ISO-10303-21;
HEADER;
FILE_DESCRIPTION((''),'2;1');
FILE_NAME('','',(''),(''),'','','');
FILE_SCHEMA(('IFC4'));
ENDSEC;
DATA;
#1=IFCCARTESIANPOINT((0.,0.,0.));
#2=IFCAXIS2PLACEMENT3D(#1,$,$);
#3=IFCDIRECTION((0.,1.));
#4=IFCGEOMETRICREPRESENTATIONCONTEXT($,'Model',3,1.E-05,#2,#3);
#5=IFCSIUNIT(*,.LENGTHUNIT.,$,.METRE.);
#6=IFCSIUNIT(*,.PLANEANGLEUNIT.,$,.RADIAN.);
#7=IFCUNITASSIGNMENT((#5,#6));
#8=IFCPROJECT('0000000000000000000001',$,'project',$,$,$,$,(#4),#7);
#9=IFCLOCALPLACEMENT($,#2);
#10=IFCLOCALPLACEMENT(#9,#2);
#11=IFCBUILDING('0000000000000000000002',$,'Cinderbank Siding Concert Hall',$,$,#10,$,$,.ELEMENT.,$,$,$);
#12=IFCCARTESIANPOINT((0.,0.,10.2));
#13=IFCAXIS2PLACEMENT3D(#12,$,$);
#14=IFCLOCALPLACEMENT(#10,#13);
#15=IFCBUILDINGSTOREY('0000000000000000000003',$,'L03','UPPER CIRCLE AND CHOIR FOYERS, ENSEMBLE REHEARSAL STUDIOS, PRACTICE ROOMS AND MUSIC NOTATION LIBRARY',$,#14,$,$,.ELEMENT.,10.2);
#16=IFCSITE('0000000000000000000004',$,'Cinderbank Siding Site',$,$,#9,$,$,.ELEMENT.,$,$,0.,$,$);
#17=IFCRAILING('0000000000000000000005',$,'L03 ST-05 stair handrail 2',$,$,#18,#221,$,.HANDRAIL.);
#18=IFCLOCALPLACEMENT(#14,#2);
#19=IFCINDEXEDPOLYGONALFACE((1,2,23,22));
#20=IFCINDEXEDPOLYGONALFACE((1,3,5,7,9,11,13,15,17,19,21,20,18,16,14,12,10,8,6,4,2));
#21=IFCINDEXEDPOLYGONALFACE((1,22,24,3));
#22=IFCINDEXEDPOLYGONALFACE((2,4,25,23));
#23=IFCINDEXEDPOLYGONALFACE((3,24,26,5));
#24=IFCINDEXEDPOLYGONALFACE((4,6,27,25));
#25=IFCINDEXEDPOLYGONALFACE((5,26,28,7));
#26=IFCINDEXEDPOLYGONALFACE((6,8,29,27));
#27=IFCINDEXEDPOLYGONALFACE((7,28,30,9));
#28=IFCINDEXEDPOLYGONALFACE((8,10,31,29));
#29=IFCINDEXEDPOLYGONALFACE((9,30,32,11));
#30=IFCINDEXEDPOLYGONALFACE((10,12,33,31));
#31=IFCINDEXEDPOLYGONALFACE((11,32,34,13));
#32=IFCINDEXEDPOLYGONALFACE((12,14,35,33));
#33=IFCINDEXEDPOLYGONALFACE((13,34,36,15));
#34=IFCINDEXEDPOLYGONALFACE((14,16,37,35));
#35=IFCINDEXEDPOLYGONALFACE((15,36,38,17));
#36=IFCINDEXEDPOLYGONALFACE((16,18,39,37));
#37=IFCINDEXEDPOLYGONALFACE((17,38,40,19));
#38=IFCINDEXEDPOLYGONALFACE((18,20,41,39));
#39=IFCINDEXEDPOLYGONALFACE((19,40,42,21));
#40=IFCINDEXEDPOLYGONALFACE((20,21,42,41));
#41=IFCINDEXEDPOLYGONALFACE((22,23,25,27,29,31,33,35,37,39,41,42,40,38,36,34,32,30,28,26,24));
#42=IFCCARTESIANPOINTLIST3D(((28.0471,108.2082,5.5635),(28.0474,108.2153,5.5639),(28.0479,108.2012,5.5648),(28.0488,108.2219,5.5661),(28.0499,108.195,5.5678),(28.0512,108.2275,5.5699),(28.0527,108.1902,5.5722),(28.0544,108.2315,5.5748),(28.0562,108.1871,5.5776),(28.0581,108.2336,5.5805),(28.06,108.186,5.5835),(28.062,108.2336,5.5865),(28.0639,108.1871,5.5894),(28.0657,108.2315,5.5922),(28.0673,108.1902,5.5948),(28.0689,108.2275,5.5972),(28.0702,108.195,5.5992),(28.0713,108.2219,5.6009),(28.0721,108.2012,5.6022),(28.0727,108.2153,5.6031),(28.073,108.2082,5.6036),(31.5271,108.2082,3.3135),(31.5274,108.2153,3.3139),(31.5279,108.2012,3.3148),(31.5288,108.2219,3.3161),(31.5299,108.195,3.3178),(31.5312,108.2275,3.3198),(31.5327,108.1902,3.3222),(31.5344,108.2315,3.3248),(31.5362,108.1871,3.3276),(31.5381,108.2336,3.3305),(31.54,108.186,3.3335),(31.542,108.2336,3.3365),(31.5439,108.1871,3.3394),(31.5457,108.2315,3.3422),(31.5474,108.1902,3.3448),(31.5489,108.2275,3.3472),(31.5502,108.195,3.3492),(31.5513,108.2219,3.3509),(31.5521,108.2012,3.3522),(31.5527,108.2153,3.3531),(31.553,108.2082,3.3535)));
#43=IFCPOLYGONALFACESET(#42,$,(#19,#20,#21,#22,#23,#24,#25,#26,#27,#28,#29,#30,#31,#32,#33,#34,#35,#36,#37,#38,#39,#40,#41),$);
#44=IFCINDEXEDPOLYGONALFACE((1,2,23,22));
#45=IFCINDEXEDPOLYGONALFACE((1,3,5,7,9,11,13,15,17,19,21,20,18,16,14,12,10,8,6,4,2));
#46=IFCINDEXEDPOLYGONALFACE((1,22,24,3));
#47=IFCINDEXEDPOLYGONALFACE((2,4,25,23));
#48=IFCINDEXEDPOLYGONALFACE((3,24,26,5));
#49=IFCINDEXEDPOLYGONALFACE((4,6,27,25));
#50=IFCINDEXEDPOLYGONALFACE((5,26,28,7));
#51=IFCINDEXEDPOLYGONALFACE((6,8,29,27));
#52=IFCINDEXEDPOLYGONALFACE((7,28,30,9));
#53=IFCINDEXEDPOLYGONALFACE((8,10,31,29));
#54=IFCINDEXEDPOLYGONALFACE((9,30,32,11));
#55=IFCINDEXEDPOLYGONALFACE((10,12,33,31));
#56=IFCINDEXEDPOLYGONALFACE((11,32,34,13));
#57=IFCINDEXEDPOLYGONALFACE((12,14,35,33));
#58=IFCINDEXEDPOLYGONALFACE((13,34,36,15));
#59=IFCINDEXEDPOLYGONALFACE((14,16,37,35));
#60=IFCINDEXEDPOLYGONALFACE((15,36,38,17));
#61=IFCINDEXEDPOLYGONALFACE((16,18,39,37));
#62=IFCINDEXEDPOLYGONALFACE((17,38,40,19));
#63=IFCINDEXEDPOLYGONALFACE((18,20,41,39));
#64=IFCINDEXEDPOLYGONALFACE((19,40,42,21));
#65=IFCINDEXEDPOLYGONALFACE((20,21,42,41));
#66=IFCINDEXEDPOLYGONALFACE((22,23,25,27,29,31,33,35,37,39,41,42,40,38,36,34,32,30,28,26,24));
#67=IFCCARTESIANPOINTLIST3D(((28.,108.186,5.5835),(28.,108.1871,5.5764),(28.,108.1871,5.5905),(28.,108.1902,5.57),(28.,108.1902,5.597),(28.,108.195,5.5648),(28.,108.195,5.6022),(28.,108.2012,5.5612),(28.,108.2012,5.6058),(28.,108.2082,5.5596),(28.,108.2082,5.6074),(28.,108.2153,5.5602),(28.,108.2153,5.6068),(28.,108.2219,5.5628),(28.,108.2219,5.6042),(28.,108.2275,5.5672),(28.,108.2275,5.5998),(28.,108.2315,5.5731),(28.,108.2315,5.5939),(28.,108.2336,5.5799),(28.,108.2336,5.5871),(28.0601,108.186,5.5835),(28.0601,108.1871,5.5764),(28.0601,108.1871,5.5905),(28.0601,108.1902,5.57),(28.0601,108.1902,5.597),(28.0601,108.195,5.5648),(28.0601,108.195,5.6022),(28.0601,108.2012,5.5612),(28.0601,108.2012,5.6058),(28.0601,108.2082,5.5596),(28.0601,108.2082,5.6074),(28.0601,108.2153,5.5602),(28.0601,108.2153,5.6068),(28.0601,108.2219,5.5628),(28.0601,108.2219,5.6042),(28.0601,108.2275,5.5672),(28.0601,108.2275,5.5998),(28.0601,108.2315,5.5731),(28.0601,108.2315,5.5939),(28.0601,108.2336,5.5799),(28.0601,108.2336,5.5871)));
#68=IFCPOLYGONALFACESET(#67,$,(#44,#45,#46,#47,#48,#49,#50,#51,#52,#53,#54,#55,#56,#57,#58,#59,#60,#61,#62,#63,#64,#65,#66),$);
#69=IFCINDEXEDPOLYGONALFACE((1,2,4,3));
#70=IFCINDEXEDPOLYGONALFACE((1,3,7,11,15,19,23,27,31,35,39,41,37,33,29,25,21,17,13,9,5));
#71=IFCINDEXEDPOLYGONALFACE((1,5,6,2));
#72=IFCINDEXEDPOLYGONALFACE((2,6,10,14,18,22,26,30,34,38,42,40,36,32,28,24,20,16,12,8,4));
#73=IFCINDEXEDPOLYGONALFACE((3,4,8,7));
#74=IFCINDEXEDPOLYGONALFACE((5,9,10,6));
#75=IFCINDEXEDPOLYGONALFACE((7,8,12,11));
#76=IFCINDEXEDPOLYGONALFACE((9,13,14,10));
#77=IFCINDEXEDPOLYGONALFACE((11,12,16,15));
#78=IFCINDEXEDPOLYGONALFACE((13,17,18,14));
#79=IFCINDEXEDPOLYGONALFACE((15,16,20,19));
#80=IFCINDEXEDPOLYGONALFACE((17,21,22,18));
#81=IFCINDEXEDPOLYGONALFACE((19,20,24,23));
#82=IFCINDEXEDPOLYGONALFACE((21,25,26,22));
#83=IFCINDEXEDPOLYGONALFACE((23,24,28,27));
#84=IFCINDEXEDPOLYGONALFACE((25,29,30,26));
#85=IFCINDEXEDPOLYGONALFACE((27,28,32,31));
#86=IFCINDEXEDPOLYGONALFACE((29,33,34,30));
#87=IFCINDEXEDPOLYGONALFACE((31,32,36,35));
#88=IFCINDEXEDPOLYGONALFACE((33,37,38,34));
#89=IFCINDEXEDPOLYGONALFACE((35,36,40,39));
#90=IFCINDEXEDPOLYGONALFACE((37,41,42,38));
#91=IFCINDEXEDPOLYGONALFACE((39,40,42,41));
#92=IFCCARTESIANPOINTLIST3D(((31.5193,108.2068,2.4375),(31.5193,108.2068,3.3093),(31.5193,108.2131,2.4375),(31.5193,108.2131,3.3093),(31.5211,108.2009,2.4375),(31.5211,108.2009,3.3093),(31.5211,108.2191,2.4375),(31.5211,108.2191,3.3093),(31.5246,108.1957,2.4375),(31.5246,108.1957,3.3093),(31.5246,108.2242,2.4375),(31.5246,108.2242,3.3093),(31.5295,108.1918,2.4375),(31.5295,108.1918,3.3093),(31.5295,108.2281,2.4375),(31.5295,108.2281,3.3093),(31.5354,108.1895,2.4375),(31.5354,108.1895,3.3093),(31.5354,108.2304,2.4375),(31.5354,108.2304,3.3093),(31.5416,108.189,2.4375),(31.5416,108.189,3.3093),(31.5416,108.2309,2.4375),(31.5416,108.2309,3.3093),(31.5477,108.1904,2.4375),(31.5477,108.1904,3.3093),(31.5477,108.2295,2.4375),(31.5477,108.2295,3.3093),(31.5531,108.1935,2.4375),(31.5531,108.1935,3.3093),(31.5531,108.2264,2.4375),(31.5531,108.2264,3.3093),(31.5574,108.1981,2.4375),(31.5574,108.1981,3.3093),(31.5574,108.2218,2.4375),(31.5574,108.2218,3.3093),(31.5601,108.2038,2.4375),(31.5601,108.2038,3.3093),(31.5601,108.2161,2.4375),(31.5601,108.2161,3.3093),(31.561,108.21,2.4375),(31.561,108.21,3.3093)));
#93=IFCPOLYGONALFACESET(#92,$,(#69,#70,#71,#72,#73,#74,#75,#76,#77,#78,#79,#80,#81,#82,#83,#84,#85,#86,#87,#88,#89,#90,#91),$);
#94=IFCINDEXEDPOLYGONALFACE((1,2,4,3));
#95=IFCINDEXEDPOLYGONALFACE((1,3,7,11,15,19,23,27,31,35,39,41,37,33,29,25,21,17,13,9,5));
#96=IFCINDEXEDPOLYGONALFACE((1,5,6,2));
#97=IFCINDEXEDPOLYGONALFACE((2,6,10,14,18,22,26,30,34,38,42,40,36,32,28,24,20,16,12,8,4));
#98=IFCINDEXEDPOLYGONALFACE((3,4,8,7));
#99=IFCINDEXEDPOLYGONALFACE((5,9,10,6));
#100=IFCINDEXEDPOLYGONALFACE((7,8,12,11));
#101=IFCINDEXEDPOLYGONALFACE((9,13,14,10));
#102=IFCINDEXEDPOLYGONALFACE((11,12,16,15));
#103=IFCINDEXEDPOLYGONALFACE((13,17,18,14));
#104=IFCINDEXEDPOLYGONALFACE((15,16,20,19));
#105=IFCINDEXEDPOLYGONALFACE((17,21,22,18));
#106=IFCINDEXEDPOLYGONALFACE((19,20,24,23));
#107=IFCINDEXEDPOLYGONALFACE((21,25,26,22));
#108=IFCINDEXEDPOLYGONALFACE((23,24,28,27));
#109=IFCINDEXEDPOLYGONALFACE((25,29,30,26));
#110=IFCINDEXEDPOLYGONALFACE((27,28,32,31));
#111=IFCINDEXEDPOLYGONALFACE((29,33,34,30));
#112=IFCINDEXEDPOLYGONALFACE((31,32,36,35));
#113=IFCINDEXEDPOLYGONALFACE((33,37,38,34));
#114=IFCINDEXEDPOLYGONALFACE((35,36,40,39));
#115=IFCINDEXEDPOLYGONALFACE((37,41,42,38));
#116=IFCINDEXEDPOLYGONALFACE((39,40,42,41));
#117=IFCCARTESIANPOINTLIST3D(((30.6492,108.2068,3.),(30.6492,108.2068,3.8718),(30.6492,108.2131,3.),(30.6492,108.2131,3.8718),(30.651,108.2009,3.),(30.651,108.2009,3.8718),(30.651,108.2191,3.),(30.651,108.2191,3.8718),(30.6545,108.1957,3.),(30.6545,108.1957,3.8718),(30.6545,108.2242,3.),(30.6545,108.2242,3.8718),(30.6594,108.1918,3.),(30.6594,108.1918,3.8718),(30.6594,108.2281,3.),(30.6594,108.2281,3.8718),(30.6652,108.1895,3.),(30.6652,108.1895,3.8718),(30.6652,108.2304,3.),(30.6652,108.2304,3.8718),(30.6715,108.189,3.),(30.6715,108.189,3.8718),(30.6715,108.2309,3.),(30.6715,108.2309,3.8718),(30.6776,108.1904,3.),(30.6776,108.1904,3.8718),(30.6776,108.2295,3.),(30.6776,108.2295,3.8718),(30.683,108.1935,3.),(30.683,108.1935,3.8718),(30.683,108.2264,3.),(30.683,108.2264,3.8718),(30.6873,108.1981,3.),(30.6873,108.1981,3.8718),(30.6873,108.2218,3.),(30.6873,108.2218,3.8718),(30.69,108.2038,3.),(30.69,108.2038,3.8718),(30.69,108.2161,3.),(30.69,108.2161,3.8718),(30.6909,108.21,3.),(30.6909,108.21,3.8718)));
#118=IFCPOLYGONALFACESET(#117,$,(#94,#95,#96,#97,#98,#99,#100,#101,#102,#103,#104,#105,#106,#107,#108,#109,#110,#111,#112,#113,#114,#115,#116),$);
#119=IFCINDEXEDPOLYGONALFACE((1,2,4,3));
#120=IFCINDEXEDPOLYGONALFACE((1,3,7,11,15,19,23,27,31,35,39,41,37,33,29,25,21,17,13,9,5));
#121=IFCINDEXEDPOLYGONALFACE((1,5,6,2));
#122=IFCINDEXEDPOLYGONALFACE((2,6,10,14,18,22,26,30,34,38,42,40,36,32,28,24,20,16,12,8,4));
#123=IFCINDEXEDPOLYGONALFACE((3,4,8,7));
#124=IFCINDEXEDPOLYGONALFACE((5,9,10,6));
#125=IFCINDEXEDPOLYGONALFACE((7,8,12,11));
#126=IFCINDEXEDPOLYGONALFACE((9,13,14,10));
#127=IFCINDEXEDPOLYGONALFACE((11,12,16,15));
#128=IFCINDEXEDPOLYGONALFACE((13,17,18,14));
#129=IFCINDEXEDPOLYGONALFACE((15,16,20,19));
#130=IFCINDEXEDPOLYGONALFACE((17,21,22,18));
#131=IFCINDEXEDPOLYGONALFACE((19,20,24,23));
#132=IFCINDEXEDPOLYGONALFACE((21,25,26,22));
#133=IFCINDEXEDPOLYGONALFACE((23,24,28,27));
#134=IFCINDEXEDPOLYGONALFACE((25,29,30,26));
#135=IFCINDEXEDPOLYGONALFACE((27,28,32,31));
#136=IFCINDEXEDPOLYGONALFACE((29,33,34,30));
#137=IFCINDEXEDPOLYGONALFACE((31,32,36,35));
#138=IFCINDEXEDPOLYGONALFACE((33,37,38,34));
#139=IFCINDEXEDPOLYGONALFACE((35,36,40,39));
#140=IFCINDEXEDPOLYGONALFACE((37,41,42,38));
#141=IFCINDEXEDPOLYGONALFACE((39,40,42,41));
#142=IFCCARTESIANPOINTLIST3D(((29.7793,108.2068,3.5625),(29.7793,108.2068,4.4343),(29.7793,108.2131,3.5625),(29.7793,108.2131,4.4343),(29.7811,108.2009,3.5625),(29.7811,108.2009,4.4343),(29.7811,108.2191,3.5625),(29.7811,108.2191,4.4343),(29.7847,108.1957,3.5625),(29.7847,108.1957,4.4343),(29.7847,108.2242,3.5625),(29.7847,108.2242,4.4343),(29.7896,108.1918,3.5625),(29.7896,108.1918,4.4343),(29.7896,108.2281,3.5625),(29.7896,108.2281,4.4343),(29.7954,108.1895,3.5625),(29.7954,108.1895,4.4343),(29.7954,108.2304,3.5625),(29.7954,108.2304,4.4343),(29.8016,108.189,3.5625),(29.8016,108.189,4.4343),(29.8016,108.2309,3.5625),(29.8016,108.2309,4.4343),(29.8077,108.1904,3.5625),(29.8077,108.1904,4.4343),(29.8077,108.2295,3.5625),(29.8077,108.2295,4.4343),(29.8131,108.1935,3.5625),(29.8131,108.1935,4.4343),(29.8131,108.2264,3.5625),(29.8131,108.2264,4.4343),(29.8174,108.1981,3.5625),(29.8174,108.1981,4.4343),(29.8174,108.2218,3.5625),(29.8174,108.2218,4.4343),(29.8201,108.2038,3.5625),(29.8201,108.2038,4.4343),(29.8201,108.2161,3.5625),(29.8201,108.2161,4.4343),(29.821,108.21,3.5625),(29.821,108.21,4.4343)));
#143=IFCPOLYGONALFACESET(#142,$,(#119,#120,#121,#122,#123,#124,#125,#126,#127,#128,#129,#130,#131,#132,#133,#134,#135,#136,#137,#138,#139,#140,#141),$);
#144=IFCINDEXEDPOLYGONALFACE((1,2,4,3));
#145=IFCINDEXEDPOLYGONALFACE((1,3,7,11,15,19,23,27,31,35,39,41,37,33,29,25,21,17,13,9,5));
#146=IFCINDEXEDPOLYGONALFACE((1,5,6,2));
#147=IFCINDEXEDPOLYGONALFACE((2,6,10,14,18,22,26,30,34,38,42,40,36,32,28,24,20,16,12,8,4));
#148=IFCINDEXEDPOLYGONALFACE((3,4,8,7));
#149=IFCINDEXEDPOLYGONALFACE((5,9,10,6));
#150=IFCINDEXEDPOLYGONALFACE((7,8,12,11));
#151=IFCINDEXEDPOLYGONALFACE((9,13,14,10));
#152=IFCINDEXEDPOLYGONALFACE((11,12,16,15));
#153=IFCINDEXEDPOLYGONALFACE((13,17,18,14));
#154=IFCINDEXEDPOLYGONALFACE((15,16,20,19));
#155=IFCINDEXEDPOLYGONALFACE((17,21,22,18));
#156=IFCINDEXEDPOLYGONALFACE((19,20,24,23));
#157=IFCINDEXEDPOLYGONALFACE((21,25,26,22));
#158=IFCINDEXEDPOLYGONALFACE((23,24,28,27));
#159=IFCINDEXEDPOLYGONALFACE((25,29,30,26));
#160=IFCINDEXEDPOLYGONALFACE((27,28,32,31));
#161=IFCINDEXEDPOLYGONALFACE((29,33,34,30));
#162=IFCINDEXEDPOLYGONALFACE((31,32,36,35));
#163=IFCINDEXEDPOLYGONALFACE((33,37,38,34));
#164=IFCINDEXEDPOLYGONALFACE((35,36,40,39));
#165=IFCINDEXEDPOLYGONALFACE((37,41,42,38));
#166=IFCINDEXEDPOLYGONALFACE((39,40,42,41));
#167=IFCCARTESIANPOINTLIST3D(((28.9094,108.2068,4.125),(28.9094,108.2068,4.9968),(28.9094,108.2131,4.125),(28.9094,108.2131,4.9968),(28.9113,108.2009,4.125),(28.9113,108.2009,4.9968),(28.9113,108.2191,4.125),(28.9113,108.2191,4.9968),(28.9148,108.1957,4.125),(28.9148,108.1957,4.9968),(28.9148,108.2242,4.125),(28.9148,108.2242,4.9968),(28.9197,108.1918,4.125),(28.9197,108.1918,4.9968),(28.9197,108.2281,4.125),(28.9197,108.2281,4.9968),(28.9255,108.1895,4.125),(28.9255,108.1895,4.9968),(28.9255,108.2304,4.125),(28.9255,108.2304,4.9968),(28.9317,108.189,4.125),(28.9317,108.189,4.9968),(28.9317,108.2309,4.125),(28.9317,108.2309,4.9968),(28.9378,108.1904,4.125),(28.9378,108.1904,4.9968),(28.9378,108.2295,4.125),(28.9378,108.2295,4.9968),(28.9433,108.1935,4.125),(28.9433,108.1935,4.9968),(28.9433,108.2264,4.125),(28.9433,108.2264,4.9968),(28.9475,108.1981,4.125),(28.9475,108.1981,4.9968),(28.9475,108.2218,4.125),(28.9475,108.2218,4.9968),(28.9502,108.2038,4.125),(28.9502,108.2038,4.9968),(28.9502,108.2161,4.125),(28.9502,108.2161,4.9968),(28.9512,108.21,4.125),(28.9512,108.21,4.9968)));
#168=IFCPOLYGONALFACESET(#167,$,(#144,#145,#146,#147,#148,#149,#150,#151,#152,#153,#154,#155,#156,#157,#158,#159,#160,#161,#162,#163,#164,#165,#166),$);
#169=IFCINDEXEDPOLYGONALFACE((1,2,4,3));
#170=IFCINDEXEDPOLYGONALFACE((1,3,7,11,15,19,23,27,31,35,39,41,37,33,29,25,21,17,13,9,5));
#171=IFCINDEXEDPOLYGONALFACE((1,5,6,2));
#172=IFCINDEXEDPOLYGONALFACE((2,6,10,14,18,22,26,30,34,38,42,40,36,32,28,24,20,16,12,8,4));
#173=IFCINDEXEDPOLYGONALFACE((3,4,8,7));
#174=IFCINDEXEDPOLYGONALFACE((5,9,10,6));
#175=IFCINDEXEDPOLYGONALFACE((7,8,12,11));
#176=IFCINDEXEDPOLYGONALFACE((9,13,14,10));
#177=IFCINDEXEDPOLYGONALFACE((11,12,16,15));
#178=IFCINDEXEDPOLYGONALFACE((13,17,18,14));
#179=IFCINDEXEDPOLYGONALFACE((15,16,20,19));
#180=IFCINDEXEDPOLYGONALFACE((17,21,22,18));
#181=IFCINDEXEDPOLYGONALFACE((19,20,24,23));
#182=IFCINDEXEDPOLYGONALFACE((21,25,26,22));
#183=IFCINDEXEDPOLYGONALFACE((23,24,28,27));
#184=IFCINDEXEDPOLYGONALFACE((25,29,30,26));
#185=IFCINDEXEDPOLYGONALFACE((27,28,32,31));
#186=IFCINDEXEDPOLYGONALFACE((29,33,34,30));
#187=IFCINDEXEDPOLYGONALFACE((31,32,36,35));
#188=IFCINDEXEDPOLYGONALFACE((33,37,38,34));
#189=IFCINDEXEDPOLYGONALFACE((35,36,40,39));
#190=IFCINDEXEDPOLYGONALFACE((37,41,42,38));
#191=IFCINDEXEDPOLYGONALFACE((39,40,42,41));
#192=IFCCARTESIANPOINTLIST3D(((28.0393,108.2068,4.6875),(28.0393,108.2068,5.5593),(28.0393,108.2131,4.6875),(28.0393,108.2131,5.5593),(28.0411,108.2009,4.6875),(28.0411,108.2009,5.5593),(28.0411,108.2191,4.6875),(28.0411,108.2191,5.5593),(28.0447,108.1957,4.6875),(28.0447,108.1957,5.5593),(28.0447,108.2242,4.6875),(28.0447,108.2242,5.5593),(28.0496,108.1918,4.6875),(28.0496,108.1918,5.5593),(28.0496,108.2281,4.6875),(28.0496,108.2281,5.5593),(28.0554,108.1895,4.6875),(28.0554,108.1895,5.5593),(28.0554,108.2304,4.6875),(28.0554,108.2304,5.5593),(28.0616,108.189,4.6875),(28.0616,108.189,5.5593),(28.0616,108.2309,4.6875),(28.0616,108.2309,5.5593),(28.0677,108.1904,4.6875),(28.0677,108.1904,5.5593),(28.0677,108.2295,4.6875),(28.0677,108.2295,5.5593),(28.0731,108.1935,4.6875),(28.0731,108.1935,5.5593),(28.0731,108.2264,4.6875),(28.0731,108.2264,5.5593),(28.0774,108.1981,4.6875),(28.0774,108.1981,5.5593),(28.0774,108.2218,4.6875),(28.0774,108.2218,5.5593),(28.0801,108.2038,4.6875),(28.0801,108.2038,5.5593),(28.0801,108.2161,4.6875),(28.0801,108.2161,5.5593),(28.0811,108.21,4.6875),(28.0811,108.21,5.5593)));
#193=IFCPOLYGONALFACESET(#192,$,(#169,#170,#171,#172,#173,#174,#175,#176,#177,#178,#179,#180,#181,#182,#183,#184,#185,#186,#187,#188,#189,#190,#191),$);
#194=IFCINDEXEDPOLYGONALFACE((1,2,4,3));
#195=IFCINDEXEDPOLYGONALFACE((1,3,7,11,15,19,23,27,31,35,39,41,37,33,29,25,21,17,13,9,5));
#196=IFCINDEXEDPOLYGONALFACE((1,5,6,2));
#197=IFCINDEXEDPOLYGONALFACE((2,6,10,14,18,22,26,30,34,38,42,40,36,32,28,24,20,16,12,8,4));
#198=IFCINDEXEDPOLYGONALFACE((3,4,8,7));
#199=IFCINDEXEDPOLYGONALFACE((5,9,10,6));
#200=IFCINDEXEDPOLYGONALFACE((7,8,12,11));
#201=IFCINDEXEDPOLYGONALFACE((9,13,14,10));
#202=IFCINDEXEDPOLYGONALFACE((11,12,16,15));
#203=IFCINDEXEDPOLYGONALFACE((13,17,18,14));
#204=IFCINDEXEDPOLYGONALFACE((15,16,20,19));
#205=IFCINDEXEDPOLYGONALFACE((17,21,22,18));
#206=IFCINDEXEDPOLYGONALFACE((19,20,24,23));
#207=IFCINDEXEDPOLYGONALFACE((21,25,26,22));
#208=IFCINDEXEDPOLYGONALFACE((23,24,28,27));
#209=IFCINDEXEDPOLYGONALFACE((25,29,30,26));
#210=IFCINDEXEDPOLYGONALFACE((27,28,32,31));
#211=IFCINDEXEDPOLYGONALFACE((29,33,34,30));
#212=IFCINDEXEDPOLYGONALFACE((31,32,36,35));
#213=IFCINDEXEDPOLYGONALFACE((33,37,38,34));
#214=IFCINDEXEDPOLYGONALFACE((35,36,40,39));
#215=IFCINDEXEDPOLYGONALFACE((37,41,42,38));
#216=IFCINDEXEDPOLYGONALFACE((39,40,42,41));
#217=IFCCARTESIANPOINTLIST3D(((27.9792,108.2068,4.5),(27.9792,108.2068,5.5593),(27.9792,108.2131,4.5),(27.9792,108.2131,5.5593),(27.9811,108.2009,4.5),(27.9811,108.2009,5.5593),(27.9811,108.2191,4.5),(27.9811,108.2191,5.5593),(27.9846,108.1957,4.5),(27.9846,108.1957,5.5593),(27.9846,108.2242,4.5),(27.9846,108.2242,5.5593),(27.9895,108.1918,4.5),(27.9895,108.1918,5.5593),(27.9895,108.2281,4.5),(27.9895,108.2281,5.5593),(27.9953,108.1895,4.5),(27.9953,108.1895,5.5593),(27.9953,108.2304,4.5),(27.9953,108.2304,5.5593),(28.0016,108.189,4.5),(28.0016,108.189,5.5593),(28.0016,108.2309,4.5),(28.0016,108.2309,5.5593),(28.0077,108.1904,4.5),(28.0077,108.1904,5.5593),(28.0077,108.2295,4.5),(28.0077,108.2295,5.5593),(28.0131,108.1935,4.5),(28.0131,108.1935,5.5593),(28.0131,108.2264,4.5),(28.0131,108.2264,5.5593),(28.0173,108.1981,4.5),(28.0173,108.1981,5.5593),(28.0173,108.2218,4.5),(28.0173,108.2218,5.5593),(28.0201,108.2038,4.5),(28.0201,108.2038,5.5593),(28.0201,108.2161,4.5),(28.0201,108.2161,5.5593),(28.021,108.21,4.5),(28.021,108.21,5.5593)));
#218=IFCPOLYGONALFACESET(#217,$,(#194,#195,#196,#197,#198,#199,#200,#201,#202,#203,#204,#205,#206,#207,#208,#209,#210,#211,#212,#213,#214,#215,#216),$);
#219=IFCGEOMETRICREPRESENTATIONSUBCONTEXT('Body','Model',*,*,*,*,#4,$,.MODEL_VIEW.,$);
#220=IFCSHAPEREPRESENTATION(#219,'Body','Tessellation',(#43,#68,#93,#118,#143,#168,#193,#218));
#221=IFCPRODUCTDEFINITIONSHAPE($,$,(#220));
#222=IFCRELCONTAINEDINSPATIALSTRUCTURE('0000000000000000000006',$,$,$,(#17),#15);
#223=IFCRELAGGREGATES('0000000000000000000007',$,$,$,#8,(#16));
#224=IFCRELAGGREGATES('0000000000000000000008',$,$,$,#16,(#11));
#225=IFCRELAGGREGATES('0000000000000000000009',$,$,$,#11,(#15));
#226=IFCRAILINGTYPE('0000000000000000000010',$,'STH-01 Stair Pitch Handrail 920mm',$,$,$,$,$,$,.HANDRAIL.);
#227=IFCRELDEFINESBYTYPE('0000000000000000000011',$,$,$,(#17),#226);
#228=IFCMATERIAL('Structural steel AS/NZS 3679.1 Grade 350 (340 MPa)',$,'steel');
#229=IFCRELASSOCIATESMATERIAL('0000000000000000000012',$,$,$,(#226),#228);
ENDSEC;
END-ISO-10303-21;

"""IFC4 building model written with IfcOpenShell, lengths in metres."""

from ifc_helpers import new_model, si_unit, direction, frame, origin, origin_2d, place, context, subcontext, project, spatial, circle, extrude, material, type_object, element, save


model = new_model("IFC4")

# Units and contexts
model_context = context("Model", 3, precision=1e-05, world=origin(), true_north=direction((0.0, 1.0)))
body_context = subcontext(model_context, "Body", "Model", "MODEL_VIEW")
ifc_project = project(units=[si_unit("LENGTHUNIT", "METRE"), si_unit("PLANEANGLEUNIT", "RADIAN")], contexts=[model_context])

# Site, building, storey
site_placement = place(None, origin())
site = spatial("IfcSite", under=ifc_project, at=site_placement, Name="Cinderbank Siding Site", CompositionType="ELEMENT", RefElevation=0.0)
building_placement = place(site_placement, origin())
building = spatial("IfcBuilding", under=site, at=building_placement, Name="Cinderbank Siding Concert Hall", CompositionType="ELEMENT")
storey_placement = place(building_placement, frame((0.0, 0.0, 10.2)))
storey = spatial("IfcBuildingStorey", under=building, at=storey_placement, Name="L03", Description="UPPER CIRCLE AND CHOIR FOYERS, ENSEMBLE REHEARSAL STUDIOS, PRACTICE ROOMS AND MUSIC NOTATION LIBRARY", CompositionType="ELEMENT", Elevation=10.2)

# Shared definitions
ifc_material_1 = material(Name="Structural steel AS/NZS 3679.1 Grade 350 (340 MPa)", Category="steel")

# Railing
railing_type_1 = type_object("IfcRailingType", Name="STH-01 Stair Pitch Handrail 920mm", PredefinedType="HANDRAIL", material=ifc_material_1)
railing_1_placement = place(storey_placement, frame((31.54, 108.21, 2.4375)))
element("IfcRailing", 1, at=railing_1_placement, inside=storey, type_object=railing_type_1, Name="L03 ST-05 stair handrail 2", PredefinedType="HANDRAIL", context=body_context, shape_type="SweptSolid", body=[
    extrude(circle(Radius=0.0239, at=origin_2d()), frame((0.0, 0.0, 0.896), z_axis=(-0.839763, 0.0, 0.542953), x_axis=(0.0, -1.0, 0.0)), (0.0, 0.0, 1.0), 4.144),
    extrude(circle(Radius=0.0239, at=origin_2d()), frame((-3.48, 0.0, 3.146), z_axis=(-1.0, 0.0, 0.0), x_axis=(0.0, -1.0, 0.0)), (0.0, 0.0, 1.0), 0.0601),
    extrude(circle(Radius=0.021, at=origin_2d()), origin(), (0.0, 0.0, 1.0), 0.8718),
    extrude(circle(Radius=0.021, at=origin_2d()), frame((-0.8701, 0.0, 0.5625)), (0.0, 0.0, 1.0), 0.8718),
    extrude(circle(Radius=0.021, at=origin_2d()), frame((-1.74, 0.0, 1.125)), (0.0, 0.0, 1.0), 0.8718),
    extrude(circle(Radius=0.021, at=origin_2d()), frame((-2.6099, 0.0, 1.6875)), (0.0, 0.0, 1.0), 0.8718),
    extrude(circle(Radius=0.021, at=origin_2d()), frame((-3.48, 0.0, 2.25)), (0.0, 0.0, 1.0), 0.8718),
    extrude(circle(Radius=0.021, at=origin_2d()), frame((-3.54, 0.0, 2.0625)), (0.0, 0.0, 1.0), 1.0593),
])

save(model, "model.ifc")
